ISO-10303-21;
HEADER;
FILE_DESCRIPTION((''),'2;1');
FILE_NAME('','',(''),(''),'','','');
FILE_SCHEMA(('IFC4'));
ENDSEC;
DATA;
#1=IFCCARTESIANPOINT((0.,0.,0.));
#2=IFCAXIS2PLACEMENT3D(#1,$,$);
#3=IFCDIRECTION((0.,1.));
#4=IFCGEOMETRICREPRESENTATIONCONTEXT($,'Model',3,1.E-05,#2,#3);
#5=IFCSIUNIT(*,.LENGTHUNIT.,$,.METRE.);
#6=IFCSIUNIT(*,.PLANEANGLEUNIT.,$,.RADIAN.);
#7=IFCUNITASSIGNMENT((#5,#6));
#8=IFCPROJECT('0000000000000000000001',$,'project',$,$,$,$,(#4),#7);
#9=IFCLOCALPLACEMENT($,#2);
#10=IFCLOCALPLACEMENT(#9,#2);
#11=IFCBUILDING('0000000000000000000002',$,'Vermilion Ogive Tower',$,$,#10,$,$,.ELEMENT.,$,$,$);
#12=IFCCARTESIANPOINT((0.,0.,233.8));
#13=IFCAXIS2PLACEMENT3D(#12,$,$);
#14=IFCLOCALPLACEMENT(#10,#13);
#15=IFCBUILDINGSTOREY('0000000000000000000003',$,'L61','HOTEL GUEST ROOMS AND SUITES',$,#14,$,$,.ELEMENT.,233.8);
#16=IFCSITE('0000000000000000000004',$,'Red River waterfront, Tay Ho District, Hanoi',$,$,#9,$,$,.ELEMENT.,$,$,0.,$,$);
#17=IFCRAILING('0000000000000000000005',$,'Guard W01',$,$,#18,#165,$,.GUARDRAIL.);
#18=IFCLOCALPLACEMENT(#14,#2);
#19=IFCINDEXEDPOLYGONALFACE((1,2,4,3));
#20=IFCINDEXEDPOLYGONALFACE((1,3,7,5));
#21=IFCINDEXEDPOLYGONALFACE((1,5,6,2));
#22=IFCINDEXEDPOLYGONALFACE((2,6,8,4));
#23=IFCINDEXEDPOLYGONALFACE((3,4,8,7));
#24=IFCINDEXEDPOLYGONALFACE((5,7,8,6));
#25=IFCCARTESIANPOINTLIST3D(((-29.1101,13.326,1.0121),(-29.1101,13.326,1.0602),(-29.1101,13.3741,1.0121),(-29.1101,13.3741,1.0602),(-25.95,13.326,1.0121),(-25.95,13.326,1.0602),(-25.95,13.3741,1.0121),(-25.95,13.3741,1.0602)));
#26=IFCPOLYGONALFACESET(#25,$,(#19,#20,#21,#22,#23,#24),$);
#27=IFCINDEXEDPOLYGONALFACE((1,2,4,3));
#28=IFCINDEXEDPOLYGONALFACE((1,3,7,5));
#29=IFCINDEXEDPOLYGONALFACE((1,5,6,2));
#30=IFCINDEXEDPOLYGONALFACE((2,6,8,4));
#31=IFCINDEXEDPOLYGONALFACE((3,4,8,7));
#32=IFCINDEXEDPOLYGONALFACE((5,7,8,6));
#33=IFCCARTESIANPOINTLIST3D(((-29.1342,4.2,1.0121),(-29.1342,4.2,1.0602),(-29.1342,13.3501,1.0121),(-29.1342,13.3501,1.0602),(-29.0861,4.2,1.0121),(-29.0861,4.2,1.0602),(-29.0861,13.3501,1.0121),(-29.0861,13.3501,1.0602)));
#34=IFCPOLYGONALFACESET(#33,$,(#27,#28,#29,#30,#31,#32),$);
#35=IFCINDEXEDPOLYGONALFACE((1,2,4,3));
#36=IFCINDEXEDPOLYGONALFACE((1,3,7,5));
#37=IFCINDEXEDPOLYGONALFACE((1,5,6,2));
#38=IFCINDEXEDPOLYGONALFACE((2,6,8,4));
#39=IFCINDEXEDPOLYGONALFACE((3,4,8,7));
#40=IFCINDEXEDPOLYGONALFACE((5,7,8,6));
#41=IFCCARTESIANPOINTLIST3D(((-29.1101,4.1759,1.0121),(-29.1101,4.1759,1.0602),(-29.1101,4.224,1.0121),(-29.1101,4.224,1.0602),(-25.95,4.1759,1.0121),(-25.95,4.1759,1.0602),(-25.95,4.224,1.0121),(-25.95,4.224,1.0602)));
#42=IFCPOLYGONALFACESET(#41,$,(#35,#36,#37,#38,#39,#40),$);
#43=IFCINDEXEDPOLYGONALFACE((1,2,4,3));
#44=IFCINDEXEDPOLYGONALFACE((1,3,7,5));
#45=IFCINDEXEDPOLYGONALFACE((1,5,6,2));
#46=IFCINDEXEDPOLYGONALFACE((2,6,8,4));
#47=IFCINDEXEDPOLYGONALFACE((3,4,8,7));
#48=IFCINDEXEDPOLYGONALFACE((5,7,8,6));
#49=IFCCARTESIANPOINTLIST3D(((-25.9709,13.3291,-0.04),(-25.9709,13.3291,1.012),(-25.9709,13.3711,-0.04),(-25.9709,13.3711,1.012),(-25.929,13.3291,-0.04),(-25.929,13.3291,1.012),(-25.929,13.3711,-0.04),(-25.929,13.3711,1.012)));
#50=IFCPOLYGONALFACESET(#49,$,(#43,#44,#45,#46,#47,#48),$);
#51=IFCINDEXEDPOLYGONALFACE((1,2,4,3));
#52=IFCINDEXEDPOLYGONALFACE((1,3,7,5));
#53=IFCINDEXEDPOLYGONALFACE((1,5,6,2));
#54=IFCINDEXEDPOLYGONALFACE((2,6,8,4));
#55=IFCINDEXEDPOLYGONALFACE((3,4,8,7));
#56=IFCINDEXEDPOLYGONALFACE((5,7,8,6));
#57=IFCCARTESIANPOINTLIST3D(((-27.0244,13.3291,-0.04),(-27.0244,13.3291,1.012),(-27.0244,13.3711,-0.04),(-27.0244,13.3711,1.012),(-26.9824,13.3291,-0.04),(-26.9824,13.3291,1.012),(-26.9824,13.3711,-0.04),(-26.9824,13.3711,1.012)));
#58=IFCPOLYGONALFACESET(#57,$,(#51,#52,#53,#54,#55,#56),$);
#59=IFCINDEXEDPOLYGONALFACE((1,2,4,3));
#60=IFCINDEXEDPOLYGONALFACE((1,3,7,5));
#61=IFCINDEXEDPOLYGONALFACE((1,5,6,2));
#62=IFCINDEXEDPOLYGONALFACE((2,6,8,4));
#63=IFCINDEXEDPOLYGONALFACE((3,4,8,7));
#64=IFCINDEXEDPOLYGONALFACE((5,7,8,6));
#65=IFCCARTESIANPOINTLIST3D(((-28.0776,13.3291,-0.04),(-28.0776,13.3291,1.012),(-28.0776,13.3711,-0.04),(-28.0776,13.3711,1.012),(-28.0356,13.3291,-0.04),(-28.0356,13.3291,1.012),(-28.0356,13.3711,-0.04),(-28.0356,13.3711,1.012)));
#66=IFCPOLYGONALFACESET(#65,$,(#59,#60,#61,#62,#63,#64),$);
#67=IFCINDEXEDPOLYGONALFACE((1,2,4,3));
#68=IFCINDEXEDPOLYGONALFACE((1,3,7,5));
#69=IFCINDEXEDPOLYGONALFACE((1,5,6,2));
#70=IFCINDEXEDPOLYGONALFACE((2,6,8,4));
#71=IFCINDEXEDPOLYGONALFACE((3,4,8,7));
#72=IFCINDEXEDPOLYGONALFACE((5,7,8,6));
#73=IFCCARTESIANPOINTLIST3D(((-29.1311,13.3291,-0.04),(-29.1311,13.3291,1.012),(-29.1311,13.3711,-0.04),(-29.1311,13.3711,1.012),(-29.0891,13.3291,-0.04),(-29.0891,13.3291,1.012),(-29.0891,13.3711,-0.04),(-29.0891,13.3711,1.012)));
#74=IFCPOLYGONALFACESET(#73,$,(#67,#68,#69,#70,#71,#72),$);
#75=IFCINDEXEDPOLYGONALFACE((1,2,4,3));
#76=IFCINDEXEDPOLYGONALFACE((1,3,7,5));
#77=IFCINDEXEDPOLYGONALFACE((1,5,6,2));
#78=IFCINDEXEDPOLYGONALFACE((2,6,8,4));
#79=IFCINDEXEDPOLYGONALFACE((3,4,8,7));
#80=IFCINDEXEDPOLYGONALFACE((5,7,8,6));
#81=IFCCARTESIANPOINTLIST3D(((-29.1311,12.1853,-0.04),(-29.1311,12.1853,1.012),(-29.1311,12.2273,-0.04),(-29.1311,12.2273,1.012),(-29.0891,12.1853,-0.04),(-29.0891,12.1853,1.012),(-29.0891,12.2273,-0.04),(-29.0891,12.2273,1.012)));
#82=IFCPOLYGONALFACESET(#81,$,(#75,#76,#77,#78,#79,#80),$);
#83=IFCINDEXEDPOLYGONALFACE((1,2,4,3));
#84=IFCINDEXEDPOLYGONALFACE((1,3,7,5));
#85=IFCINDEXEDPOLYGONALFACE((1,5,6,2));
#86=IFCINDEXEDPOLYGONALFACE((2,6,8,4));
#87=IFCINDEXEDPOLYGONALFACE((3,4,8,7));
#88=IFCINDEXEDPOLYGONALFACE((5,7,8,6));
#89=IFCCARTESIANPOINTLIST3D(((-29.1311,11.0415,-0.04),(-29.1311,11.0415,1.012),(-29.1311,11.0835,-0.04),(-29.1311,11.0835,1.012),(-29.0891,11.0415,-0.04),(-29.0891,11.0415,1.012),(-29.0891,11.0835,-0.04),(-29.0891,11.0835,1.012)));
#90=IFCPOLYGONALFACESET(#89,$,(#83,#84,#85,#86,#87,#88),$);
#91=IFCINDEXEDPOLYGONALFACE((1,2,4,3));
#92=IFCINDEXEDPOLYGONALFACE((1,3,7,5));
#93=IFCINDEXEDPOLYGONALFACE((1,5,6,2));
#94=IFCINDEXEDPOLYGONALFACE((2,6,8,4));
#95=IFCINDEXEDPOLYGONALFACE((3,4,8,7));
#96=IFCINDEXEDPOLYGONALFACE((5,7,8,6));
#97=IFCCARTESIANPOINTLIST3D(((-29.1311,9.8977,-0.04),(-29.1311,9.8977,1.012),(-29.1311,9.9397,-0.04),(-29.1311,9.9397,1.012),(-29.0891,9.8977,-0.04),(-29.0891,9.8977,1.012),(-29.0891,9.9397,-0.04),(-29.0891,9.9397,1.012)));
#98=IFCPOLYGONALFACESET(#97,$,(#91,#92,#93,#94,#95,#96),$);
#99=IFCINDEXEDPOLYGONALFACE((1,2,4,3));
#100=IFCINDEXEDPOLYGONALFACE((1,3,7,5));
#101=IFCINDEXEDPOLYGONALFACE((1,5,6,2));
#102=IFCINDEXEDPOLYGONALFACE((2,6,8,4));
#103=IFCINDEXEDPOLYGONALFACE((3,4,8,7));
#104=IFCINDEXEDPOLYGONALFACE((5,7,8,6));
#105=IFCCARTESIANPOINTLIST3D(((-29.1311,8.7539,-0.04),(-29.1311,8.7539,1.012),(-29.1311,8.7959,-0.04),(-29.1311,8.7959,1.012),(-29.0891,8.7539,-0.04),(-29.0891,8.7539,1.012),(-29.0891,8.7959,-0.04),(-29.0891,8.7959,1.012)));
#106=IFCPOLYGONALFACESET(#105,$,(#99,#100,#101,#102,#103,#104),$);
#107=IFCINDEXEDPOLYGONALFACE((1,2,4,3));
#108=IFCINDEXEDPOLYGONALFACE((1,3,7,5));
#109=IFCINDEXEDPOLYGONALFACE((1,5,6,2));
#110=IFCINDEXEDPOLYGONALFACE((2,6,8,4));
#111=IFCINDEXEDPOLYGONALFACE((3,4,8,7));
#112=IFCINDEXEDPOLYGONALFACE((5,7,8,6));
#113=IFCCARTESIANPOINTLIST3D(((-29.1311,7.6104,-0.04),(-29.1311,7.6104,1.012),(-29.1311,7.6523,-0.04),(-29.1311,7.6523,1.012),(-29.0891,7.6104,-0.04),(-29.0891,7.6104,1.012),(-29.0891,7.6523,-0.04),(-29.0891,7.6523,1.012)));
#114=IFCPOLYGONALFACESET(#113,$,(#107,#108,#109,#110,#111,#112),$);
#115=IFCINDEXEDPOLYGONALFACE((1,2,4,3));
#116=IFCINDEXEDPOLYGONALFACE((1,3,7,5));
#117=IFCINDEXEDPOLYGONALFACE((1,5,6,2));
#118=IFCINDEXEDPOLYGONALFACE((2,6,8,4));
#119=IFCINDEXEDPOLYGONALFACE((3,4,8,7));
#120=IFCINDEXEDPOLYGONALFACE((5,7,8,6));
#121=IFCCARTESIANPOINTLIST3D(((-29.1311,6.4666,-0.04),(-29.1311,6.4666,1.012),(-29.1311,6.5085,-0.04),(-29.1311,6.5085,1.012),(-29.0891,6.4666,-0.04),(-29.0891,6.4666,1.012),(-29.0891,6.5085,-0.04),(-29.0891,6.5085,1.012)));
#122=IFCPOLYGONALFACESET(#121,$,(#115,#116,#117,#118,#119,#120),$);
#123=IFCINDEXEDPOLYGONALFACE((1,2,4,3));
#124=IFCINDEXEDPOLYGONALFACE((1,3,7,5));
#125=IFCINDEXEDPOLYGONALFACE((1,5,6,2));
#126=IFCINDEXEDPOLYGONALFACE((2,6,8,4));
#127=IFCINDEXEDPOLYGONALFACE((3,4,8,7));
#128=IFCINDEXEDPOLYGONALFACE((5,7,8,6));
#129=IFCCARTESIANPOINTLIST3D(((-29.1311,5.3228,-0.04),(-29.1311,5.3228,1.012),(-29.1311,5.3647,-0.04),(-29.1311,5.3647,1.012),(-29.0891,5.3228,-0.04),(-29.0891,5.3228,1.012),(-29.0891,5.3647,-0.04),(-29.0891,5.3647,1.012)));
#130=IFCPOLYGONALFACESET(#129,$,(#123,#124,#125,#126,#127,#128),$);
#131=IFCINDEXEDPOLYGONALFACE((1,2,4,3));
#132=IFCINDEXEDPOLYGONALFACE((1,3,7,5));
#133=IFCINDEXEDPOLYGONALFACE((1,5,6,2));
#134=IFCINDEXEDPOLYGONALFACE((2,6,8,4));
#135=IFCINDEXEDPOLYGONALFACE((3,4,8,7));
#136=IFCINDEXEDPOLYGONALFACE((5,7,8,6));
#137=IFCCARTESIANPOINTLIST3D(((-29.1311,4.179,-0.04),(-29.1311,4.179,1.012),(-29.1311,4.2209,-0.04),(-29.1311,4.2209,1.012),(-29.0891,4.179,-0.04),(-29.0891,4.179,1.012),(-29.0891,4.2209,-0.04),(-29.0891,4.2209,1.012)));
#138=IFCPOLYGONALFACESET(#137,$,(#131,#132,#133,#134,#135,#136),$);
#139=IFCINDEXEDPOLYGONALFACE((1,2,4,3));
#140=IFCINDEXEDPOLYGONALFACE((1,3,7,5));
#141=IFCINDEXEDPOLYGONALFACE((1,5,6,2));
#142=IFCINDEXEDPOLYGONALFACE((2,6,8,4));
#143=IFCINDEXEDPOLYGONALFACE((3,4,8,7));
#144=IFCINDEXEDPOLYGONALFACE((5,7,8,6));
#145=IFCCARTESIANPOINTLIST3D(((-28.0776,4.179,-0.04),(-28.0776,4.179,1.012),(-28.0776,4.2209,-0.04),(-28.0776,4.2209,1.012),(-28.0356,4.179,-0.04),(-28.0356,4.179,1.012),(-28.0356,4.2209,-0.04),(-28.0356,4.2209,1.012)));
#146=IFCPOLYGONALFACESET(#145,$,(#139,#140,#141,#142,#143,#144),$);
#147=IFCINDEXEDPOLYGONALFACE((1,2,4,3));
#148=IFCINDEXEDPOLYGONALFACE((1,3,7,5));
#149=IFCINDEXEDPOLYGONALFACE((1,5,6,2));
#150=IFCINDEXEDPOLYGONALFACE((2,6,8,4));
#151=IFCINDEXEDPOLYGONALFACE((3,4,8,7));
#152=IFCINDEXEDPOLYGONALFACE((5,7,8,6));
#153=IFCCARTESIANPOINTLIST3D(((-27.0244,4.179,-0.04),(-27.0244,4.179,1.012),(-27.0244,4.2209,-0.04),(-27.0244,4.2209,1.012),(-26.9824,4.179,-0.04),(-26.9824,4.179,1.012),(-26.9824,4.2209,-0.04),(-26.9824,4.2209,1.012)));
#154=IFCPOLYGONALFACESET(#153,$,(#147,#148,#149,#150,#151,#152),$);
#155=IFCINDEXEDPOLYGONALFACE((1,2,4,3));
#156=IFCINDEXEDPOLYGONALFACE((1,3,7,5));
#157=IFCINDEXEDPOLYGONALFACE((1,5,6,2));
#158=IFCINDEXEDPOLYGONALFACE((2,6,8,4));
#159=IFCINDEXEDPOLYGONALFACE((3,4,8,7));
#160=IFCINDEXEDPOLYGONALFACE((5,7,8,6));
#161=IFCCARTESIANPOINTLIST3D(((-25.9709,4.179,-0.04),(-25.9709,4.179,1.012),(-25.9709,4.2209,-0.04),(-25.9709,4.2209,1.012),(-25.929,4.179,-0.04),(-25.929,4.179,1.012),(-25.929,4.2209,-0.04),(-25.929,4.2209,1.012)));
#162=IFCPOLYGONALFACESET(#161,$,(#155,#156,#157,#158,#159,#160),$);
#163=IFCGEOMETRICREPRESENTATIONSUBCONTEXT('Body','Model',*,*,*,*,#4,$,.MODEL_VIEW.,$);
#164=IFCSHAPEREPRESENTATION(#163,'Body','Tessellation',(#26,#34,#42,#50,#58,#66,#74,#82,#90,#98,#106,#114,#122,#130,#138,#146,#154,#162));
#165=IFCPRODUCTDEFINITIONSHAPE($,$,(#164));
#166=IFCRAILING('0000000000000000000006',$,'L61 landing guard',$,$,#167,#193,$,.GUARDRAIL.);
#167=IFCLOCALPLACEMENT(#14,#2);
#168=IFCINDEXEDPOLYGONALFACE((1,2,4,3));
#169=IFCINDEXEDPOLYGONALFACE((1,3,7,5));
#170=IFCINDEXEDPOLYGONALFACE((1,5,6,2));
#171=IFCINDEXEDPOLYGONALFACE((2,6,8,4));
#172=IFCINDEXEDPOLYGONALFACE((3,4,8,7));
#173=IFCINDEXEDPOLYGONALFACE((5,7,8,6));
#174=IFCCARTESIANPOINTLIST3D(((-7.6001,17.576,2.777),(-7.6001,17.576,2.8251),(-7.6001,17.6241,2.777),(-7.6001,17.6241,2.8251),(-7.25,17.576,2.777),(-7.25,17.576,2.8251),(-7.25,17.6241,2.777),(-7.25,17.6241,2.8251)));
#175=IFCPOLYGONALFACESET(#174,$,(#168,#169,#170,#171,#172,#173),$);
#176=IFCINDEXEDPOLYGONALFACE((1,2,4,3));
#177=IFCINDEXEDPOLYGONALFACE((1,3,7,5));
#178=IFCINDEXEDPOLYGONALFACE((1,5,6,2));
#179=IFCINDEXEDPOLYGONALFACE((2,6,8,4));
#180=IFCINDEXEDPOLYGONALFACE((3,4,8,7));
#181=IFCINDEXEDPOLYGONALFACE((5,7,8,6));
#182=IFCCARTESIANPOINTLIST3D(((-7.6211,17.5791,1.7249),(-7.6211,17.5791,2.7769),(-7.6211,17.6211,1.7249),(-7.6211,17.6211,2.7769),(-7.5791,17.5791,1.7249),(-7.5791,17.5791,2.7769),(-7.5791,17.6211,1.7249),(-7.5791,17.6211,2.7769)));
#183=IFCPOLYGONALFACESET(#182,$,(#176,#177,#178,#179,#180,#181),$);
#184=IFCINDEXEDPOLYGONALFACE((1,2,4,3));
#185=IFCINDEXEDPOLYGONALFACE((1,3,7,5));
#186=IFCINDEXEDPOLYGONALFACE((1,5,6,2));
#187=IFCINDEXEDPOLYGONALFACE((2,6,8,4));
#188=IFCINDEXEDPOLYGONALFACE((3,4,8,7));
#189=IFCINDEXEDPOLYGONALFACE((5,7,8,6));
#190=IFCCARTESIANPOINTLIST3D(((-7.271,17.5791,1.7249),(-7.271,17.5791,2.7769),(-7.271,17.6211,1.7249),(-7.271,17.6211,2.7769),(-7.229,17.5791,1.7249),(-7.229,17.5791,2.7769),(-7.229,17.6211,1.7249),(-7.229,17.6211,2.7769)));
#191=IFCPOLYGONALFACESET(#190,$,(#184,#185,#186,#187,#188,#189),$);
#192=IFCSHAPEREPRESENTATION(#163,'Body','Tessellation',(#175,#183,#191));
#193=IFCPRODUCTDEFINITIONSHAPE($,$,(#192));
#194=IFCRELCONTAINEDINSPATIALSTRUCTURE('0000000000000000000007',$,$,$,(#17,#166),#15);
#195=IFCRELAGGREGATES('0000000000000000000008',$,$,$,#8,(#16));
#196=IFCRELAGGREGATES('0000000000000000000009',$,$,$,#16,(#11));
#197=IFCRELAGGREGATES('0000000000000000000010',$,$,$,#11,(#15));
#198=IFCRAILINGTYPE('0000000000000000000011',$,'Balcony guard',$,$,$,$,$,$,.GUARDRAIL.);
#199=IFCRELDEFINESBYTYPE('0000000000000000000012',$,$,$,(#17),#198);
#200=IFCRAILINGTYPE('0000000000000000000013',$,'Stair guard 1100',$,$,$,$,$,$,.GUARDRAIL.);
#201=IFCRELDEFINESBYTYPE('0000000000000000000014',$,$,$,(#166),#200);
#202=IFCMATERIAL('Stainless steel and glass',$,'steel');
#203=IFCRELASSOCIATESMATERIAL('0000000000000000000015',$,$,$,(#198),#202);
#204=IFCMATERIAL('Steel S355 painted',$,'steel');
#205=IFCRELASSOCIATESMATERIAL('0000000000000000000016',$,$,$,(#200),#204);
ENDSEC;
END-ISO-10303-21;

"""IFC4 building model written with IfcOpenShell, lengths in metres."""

from ifc_helpers import new_model, si_unit, direction, frame, origin, origin_2d, place, context, subcontext, project, spatial, rectangle, extrude, material, type_object, element, save


model = new_model("IFC4")

# Units and contexts
model_context = context("Model", 3, precision=1e-05, world=origin(), true_north=direction((0.0, 1.0)))
body_context = subcontext(model_context, "Body", "Model", "MODEL_VIEW")
ifc_project = project(units=[si_unit("LENGTHUNIT", "METRE"), si_unit("PLANEANGLEUNIT", "RADIAN")], contexts=[model_context])

# Site, building, storey
site_placement = place(None, origin())
site = spatial("IfcSite", under=ifc_project, at=site_placement, Name="Red River waterfront, Tay Ho District, Hanoi", CompositionType="ELEMENT", RefElevation=0.0)
building_placement = place(site_placement, origin())
building = spatial("IfcBuilding", under=site, at=building_placement, Name="Vermilion Ogive Tower", CompositionType="ELEMENT")
storey_placement = place(building_placement, frame((0.0, 0.0, 233.8)))
storey = spatial("IfcBuildingStorey", under=building, at=storey_placement, Name="L61", Description="HOTEL GUEST ROOMS AND SUITES", CompositionType="ELEMENT", Elevation=233.8)

# Railings
ifc_material_1 = material(Name="Stainless steel and glass", Category="steel")
railing_type_1 = type_object("IfcRailingType", Name="Balcony guard", PredefinedType="GUARDRAIL", material=ifc_material_1)
railing_1_placement = place(storey_placement, frame((-25.95, 13.3501, -0.04)))
element("IfcRailing", 1, at=railing_1_placement, inside=storey, type_object=railing_type_1, Name="Guard W01", PredefinedType="GUARDRAIL", context=body_context, shape_type="SweptSolid", body=[
    extrude(rectangle(XDim=0.0481, YDim=0.0481, at=origin_2d()), frame((0.0, 0.0, 1.0762), z_axis=(-1.0, 0.0, 0.0), x_axis=(0.0, -1.0, 0.0)), (0.0, 0.0, 1.0), 3.1602),
    extrude(rectangle(XDim=0.0481, YDim=0.0481, at=origin_2d()), frame((-3.1602, 0.0, 1.0762), z_axis=(0.0, -1.0, 0.0), x_axis=(1.0, 0.0, 0.0)), (0.0, 0.0, 1.0), 9.1501),
    extrude(rectangle(XDim=0.0481, YDim=0.0481, at=origin_2d()), frame((-3.1602, -9.1501, 1.0762), z_axis=(1.0, 0.0, 0.0), x_axis=(0.0, 1.0, 0.0)), (0.0, 0.0, 1.0), 3.1602),
    extrude(rectangle(XDim=0.042, YDim=0.042, at=origin_2d()), origin(), (0.0, 0.0, 1.0), 1.052),
    extrude(rectangle(XDim=0.042, YDim=0.042, at=origin_2d()), frame((-1.0535, 0.0, 0.0)), (0.0, 0.0, 1.0), 1.052),
    extrude(rectangle(XDim=0.042, YDim=0.042, at=origin_2d()), frame((-2.1067, 0.0, 0.0)), (0.0, 0.0, 1.0), 1.052),
    extrude(rectangle(XDim=0.042, YDim=0.042, at=origin_2d()), frame((-3.1602, 0.0, 0.0)), (0.0, 0.0, 1.0), 1.052),
    extrude(rectangle(XDim=0.042, YDim=0.042, at=origin_2d()), frame((-3.1602, -1.1438, 0.0)), (0.0, 0.0, 1.0), 1.052),
    extrude(rectangle(XDim=0.042, YDim=0.042, at=origin_2d()), frame((-3.1602, -2.2876, 0.0)), (0.0, 0.0, 1.0), 1.052),
    extrude(rectangle(XDim=0.042, YDim=0.042, at=origin_2d()), frame((-3.1602, -3.4314, 0.0)), (0.0, 0.0, 1.0), 1.052),
    extrude(rectangle(XDim=0.042, YDim=0.042, at=origin_2d()), frame((-3.1602, -4.5752, 0.0)), (0.0, 0.0, 1.0), 1.052),
    extrude(rectangle(XDim=0.042, YDim=0.042, at=origin_2d()), frame((-3.1602, -5.7188, 0.0)), (0.0, 0.0, 1.0), 1.052),
    extrude(rectangle(XDim=0.042, YDim=0.042, at=origin_2d()), frame((-3.1602, -6.8625, 0.0)), (0.0, 0.0, 1.0), 1.052),
    extrude(rectangle(XDim=0.042, YDim=0.042, at=origin_2d()), frame((-3.1602, -8.0063, 0.0)), (0.0, 0.0, 1.0), 1.052),
    extrude(rectangle(XDim=0.042, YDim=0.042, at=origin_2d()), frame((-3.1602, -9.1501, 0.0)), (0.0, 0.0, 1.0), 1.052),
    extrude(rectangle(XDim=0.042, YDim=0.042, at=origin_2d()), frame((-2.1067, -9.1501, 0.0)), (0.0, 0.0, 1.0), 1.052),
    extrude(rectangle(XDim=0.042, YDim=0.042, at=origin_2d()), frame((-1.0535, -9.1501, 0.0)), (0.0, 0.0, 1.0), 1.052),
    extrude(rectangle(XDim=0.042, YDim=0.042, at=origin_2d()), frame((0.0, -9.1501, 0.0)), (0.0, 0.0, 1.0), 1.052),
])
ifc_material_2 = material(Name="Steel S355 painted", Category="steel")
railing_type_2 = type_object("IfcRailingType", Name="Stair guard 1100", PredefinedType="GUARDRAIL", material=ifc_material_2)
railing_2_placement = place(storey_placement, frame((-7.6001, 17.6001, 1.7249)))
element("IfcRailing", 2, at=railing_2_placement, inside=storey, type_object=railing_type_2, Name="L61 landing guard", PredefinedType="GUARDRAIL", context=body_context, shape_type="SweptSolid", body=[
    extrude(rectangle(XDim=0.0481, YDim=0.0481, at=origin_2d()), frame((0.0, 0.0, 1.0762), z_axis=(1.0, 0.0, 0.0), x_axis=(0.0, 1.0, 0.0)), (0.0, 0.0, 1.0), 0.3501),
    extrude(rectangle(XDim=0.042, YDim=0.042, at=origin_2d()), origin(), (0.0, 0.0, 1.0), 1.052),
    extrude(rectangle(XDim=0.042, YDim=0.042, at=origin_2d()), frame((0.3501, 0.0, 0.0)), (0.0, 0.0, 1.0), 1.052),
])

save(model, "model.ifc")
